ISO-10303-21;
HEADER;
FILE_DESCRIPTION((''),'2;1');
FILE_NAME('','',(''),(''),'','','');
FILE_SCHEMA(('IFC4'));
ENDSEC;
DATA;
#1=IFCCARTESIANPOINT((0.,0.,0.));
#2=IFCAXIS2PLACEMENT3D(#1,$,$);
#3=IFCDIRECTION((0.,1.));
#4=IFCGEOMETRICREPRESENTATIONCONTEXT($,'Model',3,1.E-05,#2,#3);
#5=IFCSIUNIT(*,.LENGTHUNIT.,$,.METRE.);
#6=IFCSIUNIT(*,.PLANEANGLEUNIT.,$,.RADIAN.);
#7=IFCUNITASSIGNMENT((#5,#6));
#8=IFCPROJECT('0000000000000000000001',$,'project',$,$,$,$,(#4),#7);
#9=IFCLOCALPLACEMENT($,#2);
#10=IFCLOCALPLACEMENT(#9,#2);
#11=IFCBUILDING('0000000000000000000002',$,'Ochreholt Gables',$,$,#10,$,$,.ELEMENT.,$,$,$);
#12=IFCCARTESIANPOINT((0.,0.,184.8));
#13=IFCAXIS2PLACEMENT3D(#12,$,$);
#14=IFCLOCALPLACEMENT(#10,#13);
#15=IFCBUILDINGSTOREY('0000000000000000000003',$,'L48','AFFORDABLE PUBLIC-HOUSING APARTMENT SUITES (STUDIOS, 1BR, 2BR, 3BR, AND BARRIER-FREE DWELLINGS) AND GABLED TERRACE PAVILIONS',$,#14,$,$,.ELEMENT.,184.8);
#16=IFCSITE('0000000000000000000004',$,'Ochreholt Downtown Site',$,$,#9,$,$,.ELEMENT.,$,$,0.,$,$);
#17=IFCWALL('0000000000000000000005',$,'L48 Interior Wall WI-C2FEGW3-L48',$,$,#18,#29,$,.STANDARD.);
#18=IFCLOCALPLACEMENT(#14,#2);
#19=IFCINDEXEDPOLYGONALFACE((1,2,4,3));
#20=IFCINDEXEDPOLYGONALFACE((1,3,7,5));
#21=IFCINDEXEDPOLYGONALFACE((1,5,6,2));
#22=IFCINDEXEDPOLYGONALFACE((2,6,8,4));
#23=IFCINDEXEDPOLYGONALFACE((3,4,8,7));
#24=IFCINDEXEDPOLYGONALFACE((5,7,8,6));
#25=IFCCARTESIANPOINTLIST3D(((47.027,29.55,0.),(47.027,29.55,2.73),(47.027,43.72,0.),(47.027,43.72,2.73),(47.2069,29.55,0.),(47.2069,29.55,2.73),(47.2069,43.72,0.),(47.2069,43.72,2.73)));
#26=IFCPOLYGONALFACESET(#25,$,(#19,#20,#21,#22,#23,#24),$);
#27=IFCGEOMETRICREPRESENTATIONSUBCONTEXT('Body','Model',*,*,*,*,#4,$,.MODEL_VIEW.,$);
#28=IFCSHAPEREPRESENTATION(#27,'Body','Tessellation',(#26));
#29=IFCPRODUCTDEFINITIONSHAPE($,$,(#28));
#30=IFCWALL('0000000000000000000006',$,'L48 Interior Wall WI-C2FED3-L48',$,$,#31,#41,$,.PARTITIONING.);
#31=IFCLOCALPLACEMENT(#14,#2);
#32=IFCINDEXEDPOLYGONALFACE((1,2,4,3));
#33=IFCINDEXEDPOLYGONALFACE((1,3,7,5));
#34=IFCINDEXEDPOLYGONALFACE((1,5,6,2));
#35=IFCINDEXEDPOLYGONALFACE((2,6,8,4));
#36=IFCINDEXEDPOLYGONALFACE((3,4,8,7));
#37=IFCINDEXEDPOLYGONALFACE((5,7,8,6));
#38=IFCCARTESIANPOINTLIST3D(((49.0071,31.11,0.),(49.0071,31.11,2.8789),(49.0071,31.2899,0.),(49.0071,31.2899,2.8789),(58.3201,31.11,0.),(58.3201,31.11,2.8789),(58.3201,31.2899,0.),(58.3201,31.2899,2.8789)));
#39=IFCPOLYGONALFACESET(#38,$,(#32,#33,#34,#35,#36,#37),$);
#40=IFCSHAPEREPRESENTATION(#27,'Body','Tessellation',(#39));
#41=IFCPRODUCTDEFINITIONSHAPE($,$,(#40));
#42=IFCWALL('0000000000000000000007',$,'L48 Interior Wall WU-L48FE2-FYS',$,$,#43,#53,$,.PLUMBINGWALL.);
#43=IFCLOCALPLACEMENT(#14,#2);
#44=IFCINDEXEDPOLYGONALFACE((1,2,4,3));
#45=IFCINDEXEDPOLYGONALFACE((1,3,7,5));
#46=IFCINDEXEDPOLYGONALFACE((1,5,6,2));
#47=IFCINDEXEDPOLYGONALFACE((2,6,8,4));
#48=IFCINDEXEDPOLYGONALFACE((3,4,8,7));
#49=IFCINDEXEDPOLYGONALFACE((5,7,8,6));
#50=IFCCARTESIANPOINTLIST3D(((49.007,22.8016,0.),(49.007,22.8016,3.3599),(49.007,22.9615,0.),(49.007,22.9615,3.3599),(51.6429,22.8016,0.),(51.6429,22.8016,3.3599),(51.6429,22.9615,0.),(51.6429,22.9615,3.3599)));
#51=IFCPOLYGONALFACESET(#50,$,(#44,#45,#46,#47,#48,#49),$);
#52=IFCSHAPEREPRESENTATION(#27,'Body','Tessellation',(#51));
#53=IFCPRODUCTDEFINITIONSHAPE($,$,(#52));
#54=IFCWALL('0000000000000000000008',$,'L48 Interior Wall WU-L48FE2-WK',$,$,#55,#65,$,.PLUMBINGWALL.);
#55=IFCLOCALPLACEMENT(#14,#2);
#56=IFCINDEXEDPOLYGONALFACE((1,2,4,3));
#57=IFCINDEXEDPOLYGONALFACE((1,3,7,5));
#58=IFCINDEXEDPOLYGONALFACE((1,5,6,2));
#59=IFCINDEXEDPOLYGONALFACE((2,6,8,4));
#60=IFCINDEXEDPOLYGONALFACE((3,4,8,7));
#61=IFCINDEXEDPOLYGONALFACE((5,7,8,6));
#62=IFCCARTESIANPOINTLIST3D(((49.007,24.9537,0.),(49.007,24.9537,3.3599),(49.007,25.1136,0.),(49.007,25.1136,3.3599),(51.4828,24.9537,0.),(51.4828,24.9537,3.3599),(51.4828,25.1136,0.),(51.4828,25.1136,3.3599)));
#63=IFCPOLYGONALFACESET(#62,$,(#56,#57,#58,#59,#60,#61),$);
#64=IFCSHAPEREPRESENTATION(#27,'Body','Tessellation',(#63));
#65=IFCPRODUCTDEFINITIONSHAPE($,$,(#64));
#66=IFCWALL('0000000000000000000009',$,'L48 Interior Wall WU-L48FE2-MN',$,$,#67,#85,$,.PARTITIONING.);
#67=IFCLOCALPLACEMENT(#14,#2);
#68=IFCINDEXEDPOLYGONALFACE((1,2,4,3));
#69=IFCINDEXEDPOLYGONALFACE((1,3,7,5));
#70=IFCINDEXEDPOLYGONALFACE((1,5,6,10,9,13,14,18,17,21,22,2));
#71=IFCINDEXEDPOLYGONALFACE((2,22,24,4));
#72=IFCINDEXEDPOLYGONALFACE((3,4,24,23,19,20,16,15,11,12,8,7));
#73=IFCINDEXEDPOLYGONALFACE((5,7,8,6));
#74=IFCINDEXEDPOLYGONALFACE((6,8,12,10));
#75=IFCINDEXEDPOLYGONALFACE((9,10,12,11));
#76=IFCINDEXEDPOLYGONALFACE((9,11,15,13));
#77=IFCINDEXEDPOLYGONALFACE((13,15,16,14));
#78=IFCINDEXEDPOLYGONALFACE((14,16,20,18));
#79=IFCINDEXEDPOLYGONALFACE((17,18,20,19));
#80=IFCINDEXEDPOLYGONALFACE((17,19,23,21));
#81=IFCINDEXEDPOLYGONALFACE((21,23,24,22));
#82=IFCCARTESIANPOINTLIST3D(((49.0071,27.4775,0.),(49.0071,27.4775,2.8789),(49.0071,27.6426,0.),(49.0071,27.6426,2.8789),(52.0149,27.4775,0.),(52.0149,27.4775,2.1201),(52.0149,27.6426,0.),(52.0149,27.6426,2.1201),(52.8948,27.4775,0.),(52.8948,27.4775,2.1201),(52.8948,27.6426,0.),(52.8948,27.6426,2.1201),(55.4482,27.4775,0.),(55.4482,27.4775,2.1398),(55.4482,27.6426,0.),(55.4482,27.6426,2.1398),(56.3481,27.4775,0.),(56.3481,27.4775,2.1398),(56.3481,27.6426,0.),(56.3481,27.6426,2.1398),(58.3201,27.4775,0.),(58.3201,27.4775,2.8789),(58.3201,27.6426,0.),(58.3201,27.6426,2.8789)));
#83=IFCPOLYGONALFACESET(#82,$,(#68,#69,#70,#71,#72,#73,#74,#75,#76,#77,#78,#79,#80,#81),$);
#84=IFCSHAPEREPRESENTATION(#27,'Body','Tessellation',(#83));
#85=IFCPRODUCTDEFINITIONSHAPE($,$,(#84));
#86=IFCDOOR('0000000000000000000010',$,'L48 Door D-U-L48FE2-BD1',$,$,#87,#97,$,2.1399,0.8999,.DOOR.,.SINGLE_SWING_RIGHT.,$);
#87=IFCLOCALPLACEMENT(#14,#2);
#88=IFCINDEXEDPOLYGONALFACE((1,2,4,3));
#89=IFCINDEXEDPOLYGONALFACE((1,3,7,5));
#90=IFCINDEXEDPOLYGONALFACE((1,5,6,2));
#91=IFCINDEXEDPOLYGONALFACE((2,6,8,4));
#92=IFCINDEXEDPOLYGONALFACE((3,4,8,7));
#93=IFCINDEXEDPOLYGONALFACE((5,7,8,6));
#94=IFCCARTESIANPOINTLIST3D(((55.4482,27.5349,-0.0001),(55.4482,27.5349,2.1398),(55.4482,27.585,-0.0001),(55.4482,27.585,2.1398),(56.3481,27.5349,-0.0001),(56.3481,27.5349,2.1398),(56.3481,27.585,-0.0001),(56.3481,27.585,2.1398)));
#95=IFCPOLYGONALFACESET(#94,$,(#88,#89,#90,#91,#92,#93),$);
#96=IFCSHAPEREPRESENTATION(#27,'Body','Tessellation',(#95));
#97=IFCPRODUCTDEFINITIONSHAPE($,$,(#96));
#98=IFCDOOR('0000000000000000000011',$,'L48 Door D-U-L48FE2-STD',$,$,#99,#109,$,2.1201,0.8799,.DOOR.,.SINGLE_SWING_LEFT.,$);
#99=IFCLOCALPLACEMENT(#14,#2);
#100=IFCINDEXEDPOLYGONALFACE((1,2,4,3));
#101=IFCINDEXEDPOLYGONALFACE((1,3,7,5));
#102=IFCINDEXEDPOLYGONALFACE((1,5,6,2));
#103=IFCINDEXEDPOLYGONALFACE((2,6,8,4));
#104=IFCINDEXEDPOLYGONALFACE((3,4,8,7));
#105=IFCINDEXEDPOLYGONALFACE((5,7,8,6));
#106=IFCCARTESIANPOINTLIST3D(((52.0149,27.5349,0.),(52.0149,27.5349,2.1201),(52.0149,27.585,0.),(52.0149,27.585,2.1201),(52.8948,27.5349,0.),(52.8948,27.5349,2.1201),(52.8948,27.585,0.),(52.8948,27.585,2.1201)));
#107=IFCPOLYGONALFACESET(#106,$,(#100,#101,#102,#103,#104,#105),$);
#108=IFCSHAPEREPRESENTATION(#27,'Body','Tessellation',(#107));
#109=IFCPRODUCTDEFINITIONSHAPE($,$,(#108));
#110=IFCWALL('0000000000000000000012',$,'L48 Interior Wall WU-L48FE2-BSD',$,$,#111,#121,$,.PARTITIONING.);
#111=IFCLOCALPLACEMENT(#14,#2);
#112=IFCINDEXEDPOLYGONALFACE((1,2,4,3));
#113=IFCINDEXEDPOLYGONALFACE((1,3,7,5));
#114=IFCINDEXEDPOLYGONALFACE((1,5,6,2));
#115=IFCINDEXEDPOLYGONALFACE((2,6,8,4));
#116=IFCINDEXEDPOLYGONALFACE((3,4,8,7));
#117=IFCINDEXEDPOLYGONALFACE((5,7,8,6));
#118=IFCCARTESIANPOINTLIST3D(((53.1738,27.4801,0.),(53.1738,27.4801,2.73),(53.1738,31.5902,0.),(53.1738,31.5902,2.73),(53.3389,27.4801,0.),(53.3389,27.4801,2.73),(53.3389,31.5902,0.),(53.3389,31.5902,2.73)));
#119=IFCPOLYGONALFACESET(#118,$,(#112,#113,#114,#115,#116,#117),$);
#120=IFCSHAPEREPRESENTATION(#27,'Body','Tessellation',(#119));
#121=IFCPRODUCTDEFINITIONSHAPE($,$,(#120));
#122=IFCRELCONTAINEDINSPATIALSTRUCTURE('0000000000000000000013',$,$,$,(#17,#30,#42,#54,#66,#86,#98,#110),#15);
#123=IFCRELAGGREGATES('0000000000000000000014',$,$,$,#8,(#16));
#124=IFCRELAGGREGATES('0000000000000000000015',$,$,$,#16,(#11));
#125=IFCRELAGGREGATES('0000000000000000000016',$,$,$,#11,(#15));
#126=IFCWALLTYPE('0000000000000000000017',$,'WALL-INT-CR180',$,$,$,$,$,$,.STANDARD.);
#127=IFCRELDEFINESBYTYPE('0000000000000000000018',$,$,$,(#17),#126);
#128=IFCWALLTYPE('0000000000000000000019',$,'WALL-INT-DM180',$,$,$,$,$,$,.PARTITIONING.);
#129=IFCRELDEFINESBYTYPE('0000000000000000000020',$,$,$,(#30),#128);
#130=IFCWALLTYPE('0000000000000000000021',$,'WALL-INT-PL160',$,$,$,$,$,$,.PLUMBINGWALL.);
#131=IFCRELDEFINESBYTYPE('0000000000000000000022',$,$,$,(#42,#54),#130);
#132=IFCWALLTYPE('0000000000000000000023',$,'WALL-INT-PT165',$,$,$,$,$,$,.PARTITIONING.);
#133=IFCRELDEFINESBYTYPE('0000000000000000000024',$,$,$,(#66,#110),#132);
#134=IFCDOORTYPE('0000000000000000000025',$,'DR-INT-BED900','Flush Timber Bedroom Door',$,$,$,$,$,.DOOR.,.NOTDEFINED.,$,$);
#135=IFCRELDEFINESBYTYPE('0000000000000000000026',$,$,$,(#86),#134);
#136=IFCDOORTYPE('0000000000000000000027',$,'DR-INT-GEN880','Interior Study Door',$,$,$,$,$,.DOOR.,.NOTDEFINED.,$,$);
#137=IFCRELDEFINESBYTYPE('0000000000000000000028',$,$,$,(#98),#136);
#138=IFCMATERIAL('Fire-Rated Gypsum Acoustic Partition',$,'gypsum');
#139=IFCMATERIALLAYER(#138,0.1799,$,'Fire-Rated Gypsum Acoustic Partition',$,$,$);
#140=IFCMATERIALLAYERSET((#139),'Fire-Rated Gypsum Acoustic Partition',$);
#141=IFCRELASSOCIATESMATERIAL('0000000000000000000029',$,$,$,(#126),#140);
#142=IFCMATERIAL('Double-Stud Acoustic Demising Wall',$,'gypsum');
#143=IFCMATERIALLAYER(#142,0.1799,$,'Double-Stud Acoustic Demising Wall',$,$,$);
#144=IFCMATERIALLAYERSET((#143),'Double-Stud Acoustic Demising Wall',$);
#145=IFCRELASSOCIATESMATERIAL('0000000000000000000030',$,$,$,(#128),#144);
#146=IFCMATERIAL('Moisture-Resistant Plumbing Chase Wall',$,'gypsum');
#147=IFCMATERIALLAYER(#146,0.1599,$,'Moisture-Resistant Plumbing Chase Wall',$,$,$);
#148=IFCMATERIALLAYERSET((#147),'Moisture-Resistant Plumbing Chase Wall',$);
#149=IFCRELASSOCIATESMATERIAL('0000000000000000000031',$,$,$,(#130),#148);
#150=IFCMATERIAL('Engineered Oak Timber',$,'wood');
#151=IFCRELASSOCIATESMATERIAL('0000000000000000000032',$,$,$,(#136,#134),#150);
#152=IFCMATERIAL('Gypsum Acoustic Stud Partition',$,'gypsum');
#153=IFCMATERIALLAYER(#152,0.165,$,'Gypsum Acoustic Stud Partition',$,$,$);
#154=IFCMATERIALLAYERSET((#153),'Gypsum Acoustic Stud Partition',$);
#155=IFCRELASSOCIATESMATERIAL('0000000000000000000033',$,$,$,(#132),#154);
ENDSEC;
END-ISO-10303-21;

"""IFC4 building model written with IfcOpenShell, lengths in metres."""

from ifc_helpers import new_model, si_unit, direction, frame, frame_2d, origin, place, context, subcontext, project, spatial, rectangle, extrude, material, layer, layer_set, type_object, element, fill, save


model = new_model("IFC4")

# Units and contexts
model_context = context("Model", 3, precision=1e-05, world=origin(), true_north=direction((0.0, 1.0)))
body_context = subcontext(model_context, "Body", "Model", "MODEL_VIEW")
ifc_project = project(units=[si_unit("LENGTHUNIT", "METRE"), si_unit("PLANEANGLEUNIT", "RADIAN")], contexts=[model_context])

# Site, building, storey
site_placement = place(None, origin())
site = spatial("IfcSite", under=ifc_project, at=site_placement, Name="Ochreholt Downtown Site", CompositionType="ELEMENT", RefElevation=0.0)
building_placement = place(site_placement, origin())
building = spatial("IfcBuilding", under=site, at=building_placement, Name="Ochreholt Gables", CompositionType="ELEMENT")
storey_placement = place(building_placement, frame((0.0, 0.0, 184.8)))
storey = spatial("IfcBuildingStorey", under=building, at=storey_placement, Name="L48", Description="AFFORDABLE PUBLIC-HOUSING APARTMENT SUITES (STUDIOS, 1BR, 2BR, 3BR, AND BARRIER-FREE DWELLINGS) AND GABLED TERRACE PAVILIONS", CompositionType="ELEMENT", Elevation=184.8)

# Walls
ifc_material_1 = material(Name="Fire-Rated Gypsum Acoustic Partition", Category="gypsum")
ifc_layer_1 = layer(ifc_material_1, 0.1799, Name="Fire-Rated Gypsum Acoustic Partition")
ifc_layer_set_1 = layer_set([ifc_layer_1], Name="Fire-Rated Gypsum Acoustic Partition")
wall_type_1 = type_object("IfcWallType", Name="WALL-INT-CR180", PredefinedType="STANDARD", material=ifc_layer_set_1)
wall_1_placement = place(storey_placement, frame((47.1169, 29.55, 0.0), z_axis=(0.0, 0.0, 1.0), x_axis=(0.0, 1.0, 0.0)))
element("IfcWall", 1, at=wall_1_placement, inside=storey, type_object=wall_type_1, Name="L48 Interior Wall WI-C2FEGW3-L48", PredefinedType="STANDARD", context=body_context, shape_type="SweptSolid", body=[
    extrude(rectangle(XDim=14.1699, YDim=0.1799, at=frame_2d((7.085, 0.0))), origin(), (0.0, 0.0, 1.0), 2.73),
])
ifc_material_2 = material(Name="Double-Stud Acoustic Demising Wall", Category="gypsum")
ifc_layer_2 = layer(ifc_material_2, 0.1799, Name="Double-Stud Acoustic Demising Wall")
ifc_layer_set_2 = layer_set([ifc_layer_2], Name="Double-Stud Acoustic Demising Wall")
wall_type_2 = type_object("IfcWallType", Name="WALL-INT-DM180", PredefinedType="PARTITIONING", material=ifc_layer_set_2)
wall_2_placement = place(storey_placement, frame((49.0071, 31.2, 0.0), z_axis=(0.0, 0.0, 1.0), x_axis=(1.0, 0.0, 0.0)))
element("IfcWall", 2, at=wall_2_placement, inside=storey, type_object=wall_type_2, Name="L48 Interior Wall WI-C2FED3-L48", PredefinedType="PARTITIONING", context=body_context, shape_type="SweptSolid", body=[
    extrude(rectangle(XDim=9.313, YDim=0.1799, at=frame_2d((4.6565, 0.0))), origin(), (0.0, 0.0, 1.0), 2.8789),
])
ifc_material_3 = material(Name="Moisture-Resistant Plumbing Chase Wall", Category="gypsum")
ifc_layer_3 = layer(ifc_material_3, 0.1599, Name="Moisture-Resistant Plumbing Chase Wall")
ifc_layer_set_3 = layer_set([ifc_layer_3], Name="Moisture-Resistant Plumbing Chase Wall")
wall_type_3 = type_object("IfcWallType", Name="WALL-INT-PL160", PredefinedType="PLUMBINGWALL", material=ifc_layer_set_3)
wall_3_placement = place(storey_placement, frame((49.0071, 22.8816, 0.0), z_axis=(0.0, 0.0, 1.0), x_axis=(1.0, 0.0, 0.0)))
element("IfcWall", 3, at=wall_3_placement, inside=storey, type_object=wall_type_3, Name="L48 Interior Wall WU-L48FE2-FYS", PredefinedType="PLUMBINGWALL", context=body_context, shape_type="SweptSolid", body=[
    extrude(rectangle(XDim=2.636, YDim=0.1599, at=frame_2d((1.3179, 0.0))), origin(), (0.0, 0.0, 1.0), 3.3599),
])

# Shared definitions
ifc_material_4 = material(Name="Engineered Oak Timber", Category="wood")
door_type_1 = type_object("IfcDoorType", Name="DR-INT-GEN880", Description="Interior Study Door", OperationType="NOTDEFINED", PredefinedType="DOOR", material=ifc_material_4)

# Wall
wall_4_placement = place(storey_placement, frame((49.0071, 25.0337, 0.0), z_axis=(0.0, 0.0, 1.0), x_axis=(1.0, 0.0, 0.0)))
element("IfcWall", 4, at=wall_4_placement, inside=storey, type_object=wall_type_3, Name="L48 Interior Wall WU-L48FE2-WK", PredefinedType="PLUMBINGWALL", context=body_context, shape_type="SweptSolid", body=[
    extrude(rectangle(XDim=2.4758, YDim=0.1599, at=frame_2d((1.2378, 0.0))), origin(), (0.0, 0.0, 1.0), 3.3599),
])

# Wall, openings, doors
ifc_material_5 = material(Name="Gypsum Acoustic Stud Partition", Category="gypsum")
ifc_layer_4 = layer(ifc_material_5, 0.165, Name="Gypsum Acoustic Stud Partition")
ifc_layer_set_4 = layer_set([ifc_layer_4], Name="Gypsum Acoustic Stud Partition")
wall_type_4 = type_object("IfcWallType", Name="WALL-INT-PT165", PredefinedType="PARTITIONING", material=ifc_layer_set_4)
wall_5_placement = place(storey_placement, frame((49.0071, 27.5601, 0.0), z_axis=(0.0, 0.0, 1.0), x_axis=(1.0, 0.0, 0.0)))
wall_5 = element("IfcWall", 5, at=wall_5_placement, inside=storey, type_object=wall_type_4, Name="L48 Interior Wall WU-L48FE2-MN", PredefinedType="PARTITIONING", context=body_context, shape_type="SweptSolid", body=[
    extrude(rectangle(XDim=9.313, YDim=0.165, at=frame_2d((4.6565, 0.0))), origin(), (0.0, 0.0, 1.0), 2.8789),
])
opening_1_placement = place(wall_5_placement, frame((3.0078, 0.0, 0.0)))
opening_1 = element("IfcOpeningElement", 6, at=opening_1_placement, cuts=wall_5, PredefinedType="OPENING", context=body_context, shape_type="SweptSolid", body=[
    extrude(rectangle(XDim=0.8799, YDim=2.1201, at=frame_2d((0.4399, 1.0601))), frame((0.0, 0.0925, 0.0), z_axis=(0.0, -1.0, 0.0), x_axis=(1.0, 0.0, 0.0)), (0.0, 0.0, 1.0), 0.1851),
])
opening_2_placement = place(wall_5_placement, frame((6.4412, 0.0, 0.0)))
opening_2 = element("IfcOpeningElement", 7, at=opening_2_placement, cuts=wall_5, PredefinedType="OPENING", context=body_context, shape_type="SweptSolid", body=[
    extrude(rectangle(XDim=0.8999, YDim=2.1399, at=frame_2d((0.45, 1.0698))), frame((0.0, 0.0925, 0.0), z_axis=(0.0, -1.0, 0.0), x_axis=(1.0, 0.0, 0.0)), (0.0, 0.0, 1.0), 0.1851),
])
door_type_2 = type_object("IfcDoorType", Name="DR-INT-BED900", Description="Flush Timber Bedroom Door", OperationType="NOTDEFINED", PredefinedType="DOOR", material=ifc_material_4)
door_1_placement = place(opening_2_placement, origin())
door_1 = element("IfcDoor", 8, at=door_1_placement, inside=storey, type_object=door_type_2, Name="L48 Door D-U-L48FE2-BD1", OperationType="SINGLE_SWING_RIGHT", OverallHeight=2.1399, OverallWidth=0.8999, PredefinedType="DOOR", context=body_context, shape_type="SweptSolid", body=[
    extrude(rectangle(XDim=0.8999, YDim=2.1399, at=frame_2d((0.45, 1.0698))), frame((0.0, 0.0249, 0.0), z_axis=(0.0, -1.0, 0.0), x_axis=(1.0, 0.0, 0.0)), (0.0, 0.0, 1.0), 0.05),
])
fill(opening_2, door_1)
door_2_placement = place(opening_1_placement, origin())
door_2 = element("IfcDoor", 9, at=door_2_placement, inside=storey, type_object=door_type_1, Name="L48 Door D-U-L48FE2-STD", OperationType="SINGLE_SWING_LEFT", OverallHeight=2.1201, OverallWidth=0.8799, PredefinedType="DOOR", context=body_context, shape_type="SweptSolid", body=[
    extrude(rectangle(XDim=0.8799, YDim=2.1201, at=frame_2d((0.4399, 1.0601))), frame((0.0, 0.0249, 0.0), z_axis=(0.0, -1.0, 0.0), x_axis=(1.0, 0.0, 0.0)), (0.0, 0.0, 1.0), 0.05),
])
fill(opening_1, door_2)

# Wall
wall_6_placement = place(storey_placement, frame((53.2563, 27.48, 0.0), z_axis=(0.0, 0.0, 1.0), x_axis=(0.0, 1.0, 0.0)))
element("IfcWall", 10, at=wall_6_placement, inside=storey, type_object=wall_type_4, Name="L48 Interior Wall WU-L48FE2-BSD", PredefinedType="PARTITIONING", context=body_context, shape_type="SweptSolid", body=[
    extrude(rectangle(XDim=4.1101, YDim=0.165, at=frame_2d((2.0552, 0.0))), origin(), (0.0, 0.0, 1.0), 2.73),
])

save(model, "model.ifc")
